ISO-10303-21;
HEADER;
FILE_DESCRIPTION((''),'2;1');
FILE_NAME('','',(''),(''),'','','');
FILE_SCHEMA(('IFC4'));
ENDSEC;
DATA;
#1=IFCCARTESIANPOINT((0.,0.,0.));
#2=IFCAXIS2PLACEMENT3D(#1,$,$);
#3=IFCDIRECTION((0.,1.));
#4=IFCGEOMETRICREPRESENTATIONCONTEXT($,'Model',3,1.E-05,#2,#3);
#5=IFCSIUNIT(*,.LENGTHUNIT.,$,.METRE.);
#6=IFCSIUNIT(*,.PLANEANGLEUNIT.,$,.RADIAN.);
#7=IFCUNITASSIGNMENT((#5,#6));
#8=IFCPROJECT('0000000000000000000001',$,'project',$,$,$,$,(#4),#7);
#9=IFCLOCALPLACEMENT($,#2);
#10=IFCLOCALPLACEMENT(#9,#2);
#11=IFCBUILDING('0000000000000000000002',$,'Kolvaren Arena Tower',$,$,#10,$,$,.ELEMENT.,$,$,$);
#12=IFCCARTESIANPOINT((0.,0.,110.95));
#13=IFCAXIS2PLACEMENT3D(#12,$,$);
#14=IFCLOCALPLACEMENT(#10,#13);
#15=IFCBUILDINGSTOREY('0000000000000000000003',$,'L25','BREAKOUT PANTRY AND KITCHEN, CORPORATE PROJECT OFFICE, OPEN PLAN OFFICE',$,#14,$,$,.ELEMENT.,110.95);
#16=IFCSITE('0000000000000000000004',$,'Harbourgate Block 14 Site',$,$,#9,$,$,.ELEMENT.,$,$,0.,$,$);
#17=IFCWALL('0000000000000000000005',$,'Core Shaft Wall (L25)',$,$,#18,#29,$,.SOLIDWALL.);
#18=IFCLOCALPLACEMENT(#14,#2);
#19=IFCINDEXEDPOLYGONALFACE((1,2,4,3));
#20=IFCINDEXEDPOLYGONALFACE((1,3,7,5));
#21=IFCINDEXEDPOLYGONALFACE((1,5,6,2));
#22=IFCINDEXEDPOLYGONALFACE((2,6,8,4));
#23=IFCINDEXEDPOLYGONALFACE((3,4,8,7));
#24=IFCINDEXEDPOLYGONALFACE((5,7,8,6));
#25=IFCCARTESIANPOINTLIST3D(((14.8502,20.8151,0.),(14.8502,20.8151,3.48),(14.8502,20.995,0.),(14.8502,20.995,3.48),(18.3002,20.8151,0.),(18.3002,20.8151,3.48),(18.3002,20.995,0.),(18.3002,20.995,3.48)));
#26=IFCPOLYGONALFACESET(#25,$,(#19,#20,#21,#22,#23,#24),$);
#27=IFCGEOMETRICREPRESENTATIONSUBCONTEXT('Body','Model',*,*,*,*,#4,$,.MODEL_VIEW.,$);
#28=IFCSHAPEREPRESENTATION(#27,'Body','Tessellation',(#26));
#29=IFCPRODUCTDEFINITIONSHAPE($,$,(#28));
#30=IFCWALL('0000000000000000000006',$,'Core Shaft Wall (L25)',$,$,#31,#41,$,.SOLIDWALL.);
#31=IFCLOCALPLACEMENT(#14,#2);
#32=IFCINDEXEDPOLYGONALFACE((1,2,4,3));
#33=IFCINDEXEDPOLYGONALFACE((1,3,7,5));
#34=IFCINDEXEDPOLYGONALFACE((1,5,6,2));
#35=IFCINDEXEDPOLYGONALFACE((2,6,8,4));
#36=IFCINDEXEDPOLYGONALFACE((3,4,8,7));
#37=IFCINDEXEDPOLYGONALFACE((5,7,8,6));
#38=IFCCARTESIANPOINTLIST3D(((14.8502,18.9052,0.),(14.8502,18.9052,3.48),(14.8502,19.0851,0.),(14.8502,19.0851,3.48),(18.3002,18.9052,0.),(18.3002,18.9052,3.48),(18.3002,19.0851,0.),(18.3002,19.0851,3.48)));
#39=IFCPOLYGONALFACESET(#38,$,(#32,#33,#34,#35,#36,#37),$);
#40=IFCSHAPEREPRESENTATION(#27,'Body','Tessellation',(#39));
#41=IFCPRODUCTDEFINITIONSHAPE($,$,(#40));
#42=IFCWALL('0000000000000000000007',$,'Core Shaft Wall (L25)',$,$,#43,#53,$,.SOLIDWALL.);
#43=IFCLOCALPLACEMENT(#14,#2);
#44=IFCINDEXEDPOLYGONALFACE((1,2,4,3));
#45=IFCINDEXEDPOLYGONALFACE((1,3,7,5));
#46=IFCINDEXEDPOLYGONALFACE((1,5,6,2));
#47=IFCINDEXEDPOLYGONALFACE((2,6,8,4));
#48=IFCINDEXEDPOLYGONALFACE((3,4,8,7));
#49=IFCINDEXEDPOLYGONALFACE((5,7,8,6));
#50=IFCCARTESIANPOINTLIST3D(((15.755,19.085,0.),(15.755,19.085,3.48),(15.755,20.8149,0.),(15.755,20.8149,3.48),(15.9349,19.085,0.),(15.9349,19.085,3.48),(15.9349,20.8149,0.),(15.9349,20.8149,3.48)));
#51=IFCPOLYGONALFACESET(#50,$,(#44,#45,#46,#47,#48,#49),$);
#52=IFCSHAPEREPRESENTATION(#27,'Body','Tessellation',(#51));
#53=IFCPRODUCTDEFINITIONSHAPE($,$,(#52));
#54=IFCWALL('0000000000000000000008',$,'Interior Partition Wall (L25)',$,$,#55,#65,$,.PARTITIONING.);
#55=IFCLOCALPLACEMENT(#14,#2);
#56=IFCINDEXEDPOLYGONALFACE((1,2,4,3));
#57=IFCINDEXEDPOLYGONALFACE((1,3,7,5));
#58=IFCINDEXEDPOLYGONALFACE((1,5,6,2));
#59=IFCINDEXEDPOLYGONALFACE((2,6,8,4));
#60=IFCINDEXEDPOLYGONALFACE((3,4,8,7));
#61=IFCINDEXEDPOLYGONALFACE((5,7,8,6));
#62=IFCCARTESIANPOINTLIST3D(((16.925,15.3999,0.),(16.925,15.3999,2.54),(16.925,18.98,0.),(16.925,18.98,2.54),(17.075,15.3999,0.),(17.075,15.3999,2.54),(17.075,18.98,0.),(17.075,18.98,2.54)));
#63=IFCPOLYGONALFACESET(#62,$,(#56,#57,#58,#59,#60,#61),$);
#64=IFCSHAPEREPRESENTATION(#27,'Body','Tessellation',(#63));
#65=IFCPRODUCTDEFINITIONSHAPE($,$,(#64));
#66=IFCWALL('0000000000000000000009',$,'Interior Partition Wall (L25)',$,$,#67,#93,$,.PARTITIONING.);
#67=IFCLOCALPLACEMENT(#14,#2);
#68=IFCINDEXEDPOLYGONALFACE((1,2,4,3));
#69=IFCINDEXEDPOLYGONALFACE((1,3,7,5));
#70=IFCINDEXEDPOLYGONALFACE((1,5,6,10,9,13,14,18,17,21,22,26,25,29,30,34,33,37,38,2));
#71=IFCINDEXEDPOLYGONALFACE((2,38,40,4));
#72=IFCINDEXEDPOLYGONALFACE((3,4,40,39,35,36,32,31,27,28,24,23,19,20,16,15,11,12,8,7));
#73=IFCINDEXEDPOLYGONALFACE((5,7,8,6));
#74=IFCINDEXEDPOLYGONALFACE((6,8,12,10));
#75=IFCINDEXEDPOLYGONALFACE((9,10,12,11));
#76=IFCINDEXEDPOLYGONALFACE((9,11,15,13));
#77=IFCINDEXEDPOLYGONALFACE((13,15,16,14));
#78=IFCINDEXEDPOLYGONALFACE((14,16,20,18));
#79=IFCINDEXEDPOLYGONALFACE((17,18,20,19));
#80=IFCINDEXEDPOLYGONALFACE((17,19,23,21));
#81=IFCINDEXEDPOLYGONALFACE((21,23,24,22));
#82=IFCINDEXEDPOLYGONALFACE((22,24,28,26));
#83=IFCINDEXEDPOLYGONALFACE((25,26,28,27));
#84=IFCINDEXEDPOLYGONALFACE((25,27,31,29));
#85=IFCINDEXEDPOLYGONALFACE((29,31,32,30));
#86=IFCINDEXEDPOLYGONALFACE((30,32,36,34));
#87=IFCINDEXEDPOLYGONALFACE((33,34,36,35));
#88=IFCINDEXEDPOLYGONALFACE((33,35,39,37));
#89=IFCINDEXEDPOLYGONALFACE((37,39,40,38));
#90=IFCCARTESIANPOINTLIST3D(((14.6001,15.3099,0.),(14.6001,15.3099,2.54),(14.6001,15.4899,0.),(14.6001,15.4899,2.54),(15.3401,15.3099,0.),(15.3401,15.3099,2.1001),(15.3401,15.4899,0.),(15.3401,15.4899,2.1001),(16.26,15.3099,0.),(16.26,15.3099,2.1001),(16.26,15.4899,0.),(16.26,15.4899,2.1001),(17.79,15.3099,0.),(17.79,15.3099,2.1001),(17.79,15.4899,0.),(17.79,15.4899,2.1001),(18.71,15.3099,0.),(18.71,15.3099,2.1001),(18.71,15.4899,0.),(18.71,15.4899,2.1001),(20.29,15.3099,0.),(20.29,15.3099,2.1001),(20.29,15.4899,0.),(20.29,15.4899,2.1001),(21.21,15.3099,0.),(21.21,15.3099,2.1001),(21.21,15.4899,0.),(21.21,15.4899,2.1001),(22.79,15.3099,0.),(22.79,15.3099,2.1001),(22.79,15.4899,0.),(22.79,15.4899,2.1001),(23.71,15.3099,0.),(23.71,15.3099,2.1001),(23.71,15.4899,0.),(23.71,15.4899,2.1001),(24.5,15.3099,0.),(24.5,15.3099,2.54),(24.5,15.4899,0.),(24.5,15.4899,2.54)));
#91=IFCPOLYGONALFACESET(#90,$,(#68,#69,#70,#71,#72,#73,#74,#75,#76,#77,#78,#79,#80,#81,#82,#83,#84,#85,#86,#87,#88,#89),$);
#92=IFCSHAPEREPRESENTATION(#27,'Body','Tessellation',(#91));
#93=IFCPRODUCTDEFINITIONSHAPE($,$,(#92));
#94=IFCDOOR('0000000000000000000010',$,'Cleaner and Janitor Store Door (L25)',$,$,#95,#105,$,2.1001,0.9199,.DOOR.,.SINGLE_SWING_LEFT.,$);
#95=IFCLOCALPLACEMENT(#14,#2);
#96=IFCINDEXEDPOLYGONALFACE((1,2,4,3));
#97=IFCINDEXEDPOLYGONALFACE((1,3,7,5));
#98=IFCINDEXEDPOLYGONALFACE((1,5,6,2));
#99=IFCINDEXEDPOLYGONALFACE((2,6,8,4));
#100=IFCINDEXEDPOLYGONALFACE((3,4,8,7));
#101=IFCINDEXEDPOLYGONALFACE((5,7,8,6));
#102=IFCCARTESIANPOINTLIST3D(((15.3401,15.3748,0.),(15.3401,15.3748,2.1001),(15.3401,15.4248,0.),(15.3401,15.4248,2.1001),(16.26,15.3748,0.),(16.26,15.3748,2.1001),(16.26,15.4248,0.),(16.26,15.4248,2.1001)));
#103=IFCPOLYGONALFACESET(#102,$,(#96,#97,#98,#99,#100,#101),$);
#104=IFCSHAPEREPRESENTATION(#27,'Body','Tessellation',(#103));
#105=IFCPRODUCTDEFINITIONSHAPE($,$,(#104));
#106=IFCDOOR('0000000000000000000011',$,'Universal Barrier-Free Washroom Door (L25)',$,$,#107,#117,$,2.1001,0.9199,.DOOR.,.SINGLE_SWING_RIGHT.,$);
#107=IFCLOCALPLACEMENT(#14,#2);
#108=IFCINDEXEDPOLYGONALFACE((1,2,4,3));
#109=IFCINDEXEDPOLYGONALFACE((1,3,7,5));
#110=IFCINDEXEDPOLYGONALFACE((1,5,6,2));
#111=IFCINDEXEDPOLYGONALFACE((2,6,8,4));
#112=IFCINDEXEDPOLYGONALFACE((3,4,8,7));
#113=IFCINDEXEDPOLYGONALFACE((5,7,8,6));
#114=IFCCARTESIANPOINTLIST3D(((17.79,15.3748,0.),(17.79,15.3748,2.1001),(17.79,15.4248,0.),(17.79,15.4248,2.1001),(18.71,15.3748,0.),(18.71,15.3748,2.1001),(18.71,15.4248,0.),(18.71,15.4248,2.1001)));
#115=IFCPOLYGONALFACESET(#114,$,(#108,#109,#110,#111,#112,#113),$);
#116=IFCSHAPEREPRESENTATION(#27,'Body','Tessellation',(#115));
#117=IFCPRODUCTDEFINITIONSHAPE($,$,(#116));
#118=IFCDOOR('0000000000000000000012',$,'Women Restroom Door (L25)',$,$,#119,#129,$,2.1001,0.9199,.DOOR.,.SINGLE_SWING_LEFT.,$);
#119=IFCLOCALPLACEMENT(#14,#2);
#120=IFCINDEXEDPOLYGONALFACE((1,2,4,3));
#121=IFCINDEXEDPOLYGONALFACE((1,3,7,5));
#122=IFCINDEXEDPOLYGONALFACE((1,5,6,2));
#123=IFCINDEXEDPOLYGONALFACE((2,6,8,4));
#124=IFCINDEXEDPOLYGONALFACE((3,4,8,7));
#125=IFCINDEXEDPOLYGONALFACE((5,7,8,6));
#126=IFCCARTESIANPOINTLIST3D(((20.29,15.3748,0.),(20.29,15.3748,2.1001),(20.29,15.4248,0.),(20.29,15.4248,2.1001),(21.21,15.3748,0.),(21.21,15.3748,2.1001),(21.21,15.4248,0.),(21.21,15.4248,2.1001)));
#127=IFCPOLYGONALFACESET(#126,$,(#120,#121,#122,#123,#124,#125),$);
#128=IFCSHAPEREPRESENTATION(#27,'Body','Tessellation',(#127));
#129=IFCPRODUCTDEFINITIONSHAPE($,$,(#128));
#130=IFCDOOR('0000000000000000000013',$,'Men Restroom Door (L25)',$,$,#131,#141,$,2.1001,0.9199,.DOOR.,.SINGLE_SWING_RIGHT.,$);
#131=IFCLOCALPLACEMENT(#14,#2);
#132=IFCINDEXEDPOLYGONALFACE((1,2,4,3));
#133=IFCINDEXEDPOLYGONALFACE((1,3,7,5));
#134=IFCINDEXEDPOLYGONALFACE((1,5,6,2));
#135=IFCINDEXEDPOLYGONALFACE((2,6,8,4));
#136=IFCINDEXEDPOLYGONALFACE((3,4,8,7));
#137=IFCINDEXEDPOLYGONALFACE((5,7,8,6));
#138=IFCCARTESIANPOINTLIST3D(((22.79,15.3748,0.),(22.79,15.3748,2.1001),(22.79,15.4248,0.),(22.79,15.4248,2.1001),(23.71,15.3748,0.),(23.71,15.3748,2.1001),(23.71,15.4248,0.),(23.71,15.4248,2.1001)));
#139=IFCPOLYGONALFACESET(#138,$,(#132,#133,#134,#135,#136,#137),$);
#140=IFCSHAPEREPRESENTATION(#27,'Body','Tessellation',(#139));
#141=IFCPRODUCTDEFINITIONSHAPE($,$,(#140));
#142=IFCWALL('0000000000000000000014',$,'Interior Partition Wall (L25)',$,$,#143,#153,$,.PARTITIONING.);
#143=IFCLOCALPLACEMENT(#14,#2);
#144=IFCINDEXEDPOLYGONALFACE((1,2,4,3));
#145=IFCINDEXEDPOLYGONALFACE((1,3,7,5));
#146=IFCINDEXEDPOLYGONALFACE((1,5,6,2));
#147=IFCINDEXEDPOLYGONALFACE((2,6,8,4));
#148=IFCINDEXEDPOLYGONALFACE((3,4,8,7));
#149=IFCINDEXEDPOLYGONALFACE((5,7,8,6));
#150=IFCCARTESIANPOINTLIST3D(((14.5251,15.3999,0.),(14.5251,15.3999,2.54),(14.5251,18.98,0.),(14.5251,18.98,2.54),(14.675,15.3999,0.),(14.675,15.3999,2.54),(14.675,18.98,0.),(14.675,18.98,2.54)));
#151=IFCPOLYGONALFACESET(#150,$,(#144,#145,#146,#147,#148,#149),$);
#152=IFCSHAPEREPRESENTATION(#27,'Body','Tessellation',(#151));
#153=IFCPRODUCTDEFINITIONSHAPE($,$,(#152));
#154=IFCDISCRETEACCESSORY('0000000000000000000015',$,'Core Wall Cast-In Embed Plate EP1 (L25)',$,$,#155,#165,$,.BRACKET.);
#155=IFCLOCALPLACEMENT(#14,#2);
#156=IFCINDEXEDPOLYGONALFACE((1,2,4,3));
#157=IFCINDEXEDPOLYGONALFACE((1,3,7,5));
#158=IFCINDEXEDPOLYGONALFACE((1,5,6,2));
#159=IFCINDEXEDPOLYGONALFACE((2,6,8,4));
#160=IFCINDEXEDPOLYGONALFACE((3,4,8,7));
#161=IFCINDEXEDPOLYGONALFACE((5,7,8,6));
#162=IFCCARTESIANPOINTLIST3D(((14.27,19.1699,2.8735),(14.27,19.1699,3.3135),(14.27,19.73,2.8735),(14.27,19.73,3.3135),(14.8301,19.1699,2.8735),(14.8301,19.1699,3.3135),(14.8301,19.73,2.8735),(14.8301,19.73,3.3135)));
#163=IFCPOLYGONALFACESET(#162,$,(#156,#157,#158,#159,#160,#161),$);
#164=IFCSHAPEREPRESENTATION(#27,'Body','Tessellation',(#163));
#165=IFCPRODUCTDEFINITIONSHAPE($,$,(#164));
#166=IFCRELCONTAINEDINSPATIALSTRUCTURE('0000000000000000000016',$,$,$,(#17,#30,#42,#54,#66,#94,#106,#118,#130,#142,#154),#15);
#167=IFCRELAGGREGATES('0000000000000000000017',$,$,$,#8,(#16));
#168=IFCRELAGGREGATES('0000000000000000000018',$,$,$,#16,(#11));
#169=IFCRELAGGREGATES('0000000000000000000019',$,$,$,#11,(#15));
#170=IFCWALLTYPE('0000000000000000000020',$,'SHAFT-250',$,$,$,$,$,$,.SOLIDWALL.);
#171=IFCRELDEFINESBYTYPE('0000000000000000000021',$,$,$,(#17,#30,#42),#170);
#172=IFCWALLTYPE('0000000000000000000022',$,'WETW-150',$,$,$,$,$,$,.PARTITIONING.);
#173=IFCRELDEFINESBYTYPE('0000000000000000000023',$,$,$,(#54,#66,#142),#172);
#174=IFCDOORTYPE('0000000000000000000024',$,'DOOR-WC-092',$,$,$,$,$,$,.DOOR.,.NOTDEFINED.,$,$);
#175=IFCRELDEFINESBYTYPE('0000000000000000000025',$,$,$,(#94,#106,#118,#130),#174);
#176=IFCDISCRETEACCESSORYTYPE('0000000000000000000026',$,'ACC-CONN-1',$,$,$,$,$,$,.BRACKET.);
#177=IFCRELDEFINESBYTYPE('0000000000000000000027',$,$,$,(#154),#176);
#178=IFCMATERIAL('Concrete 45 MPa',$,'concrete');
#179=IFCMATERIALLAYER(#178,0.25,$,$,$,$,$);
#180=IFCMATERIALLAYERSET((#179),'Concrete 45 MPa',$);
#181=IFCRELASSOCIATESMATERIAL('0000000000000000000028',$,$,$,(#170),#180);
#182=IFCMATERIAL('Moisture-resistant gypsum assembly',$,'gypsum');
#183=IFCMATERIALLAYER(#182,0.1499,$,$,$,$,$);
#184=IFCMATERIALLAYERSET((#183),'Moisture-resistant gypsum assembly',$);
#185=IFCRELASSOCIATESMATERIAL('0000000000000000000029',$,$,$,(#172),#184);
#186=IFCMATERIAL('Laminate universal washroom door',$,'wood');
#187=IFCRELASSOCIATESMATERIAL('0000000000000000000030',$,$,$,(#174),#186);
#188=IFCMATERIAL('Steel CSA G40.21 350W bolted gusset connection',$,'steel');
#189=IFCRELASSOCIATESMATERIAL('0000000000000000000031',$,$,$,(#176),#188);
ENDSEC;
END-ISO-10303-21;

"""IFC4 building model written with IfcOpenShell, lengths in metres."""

from ifc_helpers import new_model, si_unit, direction, frame, frame_2d, origin, origin_2d, place, context, subcontext, project, spatial, rectangle, extrude, material, layer, layer_set, type_object, element, fill, save


model = new_model("IFC4")

# Units and contexts
model_context = context("Model", 3, precision=1e-05, world=origin(), true_north=direction((0.0, 1.0)))
body_context = subcontext(model_context, "Body", "Model", "MODEL_VIEW")
ifc_project = project(units=[si_unit("LENGTHUNIT", "METRE"), si_unit("PLANEANGLEUNIT", "RADIAN")], contexts=[model_context])

# Site, building, storey
site_placement = place(None, origin())
site = spatial("IfcSite", under=ifc_project, at=site_placement, Name="Harbourgate Block 14 Site", CompositionType="ELEMENT", RefElevation=0.0)
building_placement = place(site_placement, origin())
building = spatial("IfcBuilding", under=site, at=building_placement, Name="Kolvaren Arena Tower", CompositionType="ELEMENT")
storey_placement = place(building_placement, frame((0.0, 0.0, 110.95)))
storey = spatial("IfcBuildingStorey", under=building, at=storey_placement, Name="L25", Description="BREAKOUT PANTRY AND KITCHEN, CORPORATE PROJECT OFFICE, OPEN PLAN OFFICE", CompositionType="ELEMENT", Elevation=110.95)

# Walls
ifc_material_1 = material(Name="Concrete 45 MPa", Category="concrete")
ifc_layer_1 = layer(ifc_material_1, 0.25)
ifc_layer_set_1 = layer_set([ifc_layer_1], Name="Concrete 45 MPa")
wall_type_1 = type_object("IfcWallType", Name="SHAFT-250", PredefinedType="SOLIDWALL", material=ifc_layer_set_1)
for number, where, z_axis, x_axis, name in (
    (1, (14.8501, 20.905, 0.0), (0.0, 0.0, 1.0), (1.0, 0.0, 0.0), "Core Shaft Wall (L25)"),
    (2, (14.8501, 18.9951, 0.0), (0.0, 0.0, 1.0), (1.0, 0.0, 0.0), "Core Shaft Wall (L25)"),
):
    element("IfcWall", number, at=place(storey_placement, frame(where, z_axis=z_axis, x_axis=x_axis)), inside=storey, type_object=wall_type_1, Name=name, PredefinedType="SOLIDWALL", context=body_context, shape_type="SweptSolid", body=[
        extrude(rectangle(XDim=3.45, YDim=0.1799, at=frame_2d((1.7251, 0.0))), origin(), (0.0, 0.0, 1.0), 3.48),
    ])
wall_1_placement = place(storey_placement, frame((15.845, 19.085, 0.0), z_axis=(0.0, 0.0, 1.0), x_axis=(0.0, 1.0, 0.0)))
element("IfcWall", 3, at=wall_1_placement, inside=storey, type_object=wall_type_1, Name="Core Shaft Wall (L25)", PredefinedType="SOLIDWALL", context=body_context, shape_type="SweptSolid", body=[
    extrude(rectangle(XDim=1.73, YDim=0.1799, at=frame_2d((0.865, 0.0))), origin(), (0.0, 0.0, 1.0), 3.48),
])
ifc_material_2 = material(Name="Moisture-resistant gypsum assembly", Category="gypsum")
ifc_layer_2 = layer(ifc_material_2, 0.1499)
ifc_layer_set_2 = layer_set([ifc_layer_2], Name="Moisture-resistant gypsum assembly")
wall_type_2 = type_object("IfcWallType", Name="WETW-150", PredefinedType="PARTITIONING", material=ifc_layer_set_2)
wall_2_placement = place(storey_placement, frame((17.0, 15.3999, 0.0), z_axis=(0.0, 0.0, 1.0), x_axis=(0.0, 1.0, 0.0)))
element("IfcWall", 4, at=wall_2_placement, inside=storey, type_object=wall_type_2, Name="Interior Partition Wall (L25)", PredefinedType="PARTITIONING", context=body_context, shape_type="SweptSolid", body=[
    extrude(rectangle(XDim=3.5801, YDim=0.1499, at=frame_2d((1.79, 0.0))), origin(), (0.0, 0.0, 1.0), 2.54),
])

# Wall, openings, doors
wall_3_placement = place(storey_placement, frame((14.6001, 15.3999, 0.0), z_axis=(0.0, 0.0, 1.0), x_axis=(1.0, 0.0, 0.0)))
wall_3 = element("IfcWall", 5, at=wall_3_placement, inside=storey, type_object=wall_type_2, Name="Interior Partition Wall (L25)", PredefinedType="PARTITIONING", context=body_context, shape_type="SweptSolid", body=[
    extrude(rectangle(XDim=9.8999, YDim=0.1799, at=frame_2d((4.95, 0.0))), origin(), (0.0, 0.0, 1.0), 2.54),
])
opening_1_placement = place(wall_3_placement, frame((0.74, 0.0, 0.0)))
opening_1 = element("IfcOpeningElement", 6, at=opening_1_placement, cuts=wall_3, PredefinedType="OPENING", context=body_context, shape_type="SweptSolid", body=[
    extrude(rectangle(XDim=0.9199, YDim=2.1001, at=frame_2d((0.46, 1.05))), frame((0.0, 0.0999, 0.0), z_axis=(0.0, -1.0, 0.0), x_axis=(1.0, 0.0, 0.0)), (0.0, 0.0, 1.0), 0.2),
])
opening_2_placement = place(wall_3_placement, frame((3.1899, 0.0, 0.0)))
opening_2 = element("IfcOpeningElement", 7, at=opening_2_placement, cuts=wall_3, PredefinedType="OPENING", context=body_context, shape_type="SweptSolid", body=[
    extrude(rectangle(XDim=0.9199, YDim=2.1001, at=frame_2d((0.46, 1.05))), frame((0.0, 0.0999, 0.0), z_axis=(0.0, -1.0, 0.0), x_axis=(1.0, 0.0, 0.0)), (0.0, 0.0, 1.0), 0.2),
])
opening_3_placement = place(wall_3_placement, frame((5.6899, 0.0, 0.0)))
opening_3 = element("IfcOpeningElement", 8, at=opening_3_placement, cuts=wall_3, PredefinedType="OPENING", context=body_context, shape_type="SweptSolid", body=[
    extrude(rectangle(XDim=0.9199, YDim=2.1001, at=frame_2d((0.46, 1.05))), frame((0.0, 0.0999, 0.0), z_axis=(0.0, -1.0, 0.0), x_axis=(1.0, 0.0, 0.0)), (0.0, 0.0, 1.0), 0.2),
])
opening_4_placement = place(wall_3_placement, frame((8.1899, 0.0, 0.0)))
opening_4 = element("IfcOpeningElement", 9, at=opening_4_placement, cuts=wall_3, PredefinedType="OPENING", context=body_context, shape_type="SweptSolid", body=[
    extrude(rectangle(XDim=0.9199, YDim=2.1001, at=frame_2d((0.46, 1.05))), frame((0.0, 0.0999, 0.0), z_axis=(0.0, -1.0, 0.0), x_axis=(1.0, 0.0, 0.0)), (0.0, 0.0, 1.0), 0.2),
])
ifc_material_3 = material(Name="Laminate universal washroom door", Category="wood")
door_type_1 = type_object("IfcDoorType", Name="DOOR-WC-092", OperationType="NOTDEFINED", PredefinedType="DOOR", material=ifc_material_3)
door_1_placement = place(opening_1_placement, origin())
door_1 = element("IfcDoor", 10, at=door_1_placement, inside=storey, type_object=door_type_1, Name="Cleaner and Janitor Store Door (L25)", OperationType="SINGLE_SWING_LEFT", OverallHeight=2.1001, OverallWidth=0.9199, PredefinedType="DOOR", context=body_context, shape_type="SweptSolid", body=[
    extrude(rectangle(XDim=0.9199, YDim=2.1001, at=frame_2d((0.46, 1.05))), frame((0.0, 0.0249, 0.0), z_axis=(0.0, -1.0, 0.0), x_axis=(1.0, 0.0, 0.0)), (0.0, 0.0, 1.0), 0.05),
])
fill(opening_1, door_1)
door_2_placement = place(opening_2_placement, origin())
door_2 = element("IfcDoor", 11, at=door_2_placement, inside=storey, type_object=door_type_1, Name="Universal Barrier-Free Washroom Door (L25)", OperationType="SINGLE_SWING_RIGHT", OverallHeight=2.1001, OverallWidth=0.9199, PredefinedType="DOOR", context=body_context, shape_type="SweptSolid", body=[
    extrude(rectangle(XDim=0.9199, YDim=2.1001, at=frame_2d((0.46, 1.05))), frame((0.0, 0.0249, 0.0), z_axis=(0.0, -1.0, 0.0), x_axis=(1.0, 0.0, 0.0)), (0.0, 0.0, 1.0), 0.05),
])
fill(opening_2, door_2)
door_3_placement = place(opening_3_placement, origin())
door_3 = element("IfcDoor", 12, at=door_3_placement, inside=storey, type_object=door_type_1, Name="Women Restroom Door (L25)", OperationType="SINGLE_SWING_LEFT", OverallHeight=2.1001, OverallWidth=0.9199, PredefinedType="DOOR", context=body_context, shape_type="SweptSolid", body=[
    extrude(rectangle(XDim=0.9199, YDim=2.1001, at=frame_2d((0.46, 1.05))), frame((0.0, 0.0249, 0.0), z_axis=(0.0, -1.0, 0.0), x_axis=(1.0, 0.0, 0.0)), (0.0, 0.0, 1.0), 0.05),
])
fill(opening_3, door_3)
door_4_placement = place(opening_4_placement, origin())
door_4 = element("IfcDoor", 13, at=door_4_placement, inside=storey, type_object=door_type_1, Name="Men Restroom Door (L25)", OperationType="SINGLE_SWING_RIGHT", OverallHeight=2.1001, OverallWidth=0.9199, PredefinedType="DOOR", context=body_context, shape_type="SweptSolid", body=[
    extrude(rectangle(XDim=0.9199, YDim=2.1001, at=frame_2d((0.46, 1.05))), frame((0.0, 0.0249, 0.0), z_axis=(0.0, -1.0, 0.0), x_axis=(1.0, 0.0, 0.0)), (0.0, 0.0, 1.0), 0.05),
])
fill(opening_4, door_4)

# Wall
wall_4_placement = place(storey_placement, frame((14.6001, 15.3999, 0.0), z_axis=(0.0, 0.0, 1.0), x_axis=(0.0, 1.0, 0.0)))
element("IfcWall", 14, at=wall_4_placement, inside=storey, type_object=wall_type_2, Name="Interior Partition Wall (L25)", PredefinedType="PARTITIONING", context=body_context, shape_type="SweptSolid", body=[
    extrude(rectangle(XDim=3.5801, YDim=0.1499, at=frame_2d((1.79, 0.0))), origin(), (0.0, 0.0, 1.0), 2.54),
])

# Discrete accessory
ifc_material_4 = material(Name="Steel CSA G40.21 350W bolted gusset connection", Category="steel")
discrete_accessory_type = type_object("IfcDiscreteAccessoryType", Name="ACC-CONN-1", PredefinedType="BRACKET", material=ifc_material_4)
discrete_accessory_placement = place(storey_placement, frame((14.55, 19.45, 2.8735), z_axis=(0.0, 0.0, 1.0), x_axis=(1.0, 0.0, 0.0)))
element("IfcDiscreteAccessory", 15, at=discrete_accessory_placement, inside=storey, type_object=discrete_accessory_type, Name="Core Wall Cast-In Embed Plate EP1 (L25)", PredefinedType="BRACKET", context=body_context, shape_type="SweptSolid", body=[
    extrude(rectangle(XDim=0.5601, YDim=0.5601, at=origin_2d()), origin(), (0.0, 0.0, 1.0), 0.4399),
])

save(model, "model.ifc")
